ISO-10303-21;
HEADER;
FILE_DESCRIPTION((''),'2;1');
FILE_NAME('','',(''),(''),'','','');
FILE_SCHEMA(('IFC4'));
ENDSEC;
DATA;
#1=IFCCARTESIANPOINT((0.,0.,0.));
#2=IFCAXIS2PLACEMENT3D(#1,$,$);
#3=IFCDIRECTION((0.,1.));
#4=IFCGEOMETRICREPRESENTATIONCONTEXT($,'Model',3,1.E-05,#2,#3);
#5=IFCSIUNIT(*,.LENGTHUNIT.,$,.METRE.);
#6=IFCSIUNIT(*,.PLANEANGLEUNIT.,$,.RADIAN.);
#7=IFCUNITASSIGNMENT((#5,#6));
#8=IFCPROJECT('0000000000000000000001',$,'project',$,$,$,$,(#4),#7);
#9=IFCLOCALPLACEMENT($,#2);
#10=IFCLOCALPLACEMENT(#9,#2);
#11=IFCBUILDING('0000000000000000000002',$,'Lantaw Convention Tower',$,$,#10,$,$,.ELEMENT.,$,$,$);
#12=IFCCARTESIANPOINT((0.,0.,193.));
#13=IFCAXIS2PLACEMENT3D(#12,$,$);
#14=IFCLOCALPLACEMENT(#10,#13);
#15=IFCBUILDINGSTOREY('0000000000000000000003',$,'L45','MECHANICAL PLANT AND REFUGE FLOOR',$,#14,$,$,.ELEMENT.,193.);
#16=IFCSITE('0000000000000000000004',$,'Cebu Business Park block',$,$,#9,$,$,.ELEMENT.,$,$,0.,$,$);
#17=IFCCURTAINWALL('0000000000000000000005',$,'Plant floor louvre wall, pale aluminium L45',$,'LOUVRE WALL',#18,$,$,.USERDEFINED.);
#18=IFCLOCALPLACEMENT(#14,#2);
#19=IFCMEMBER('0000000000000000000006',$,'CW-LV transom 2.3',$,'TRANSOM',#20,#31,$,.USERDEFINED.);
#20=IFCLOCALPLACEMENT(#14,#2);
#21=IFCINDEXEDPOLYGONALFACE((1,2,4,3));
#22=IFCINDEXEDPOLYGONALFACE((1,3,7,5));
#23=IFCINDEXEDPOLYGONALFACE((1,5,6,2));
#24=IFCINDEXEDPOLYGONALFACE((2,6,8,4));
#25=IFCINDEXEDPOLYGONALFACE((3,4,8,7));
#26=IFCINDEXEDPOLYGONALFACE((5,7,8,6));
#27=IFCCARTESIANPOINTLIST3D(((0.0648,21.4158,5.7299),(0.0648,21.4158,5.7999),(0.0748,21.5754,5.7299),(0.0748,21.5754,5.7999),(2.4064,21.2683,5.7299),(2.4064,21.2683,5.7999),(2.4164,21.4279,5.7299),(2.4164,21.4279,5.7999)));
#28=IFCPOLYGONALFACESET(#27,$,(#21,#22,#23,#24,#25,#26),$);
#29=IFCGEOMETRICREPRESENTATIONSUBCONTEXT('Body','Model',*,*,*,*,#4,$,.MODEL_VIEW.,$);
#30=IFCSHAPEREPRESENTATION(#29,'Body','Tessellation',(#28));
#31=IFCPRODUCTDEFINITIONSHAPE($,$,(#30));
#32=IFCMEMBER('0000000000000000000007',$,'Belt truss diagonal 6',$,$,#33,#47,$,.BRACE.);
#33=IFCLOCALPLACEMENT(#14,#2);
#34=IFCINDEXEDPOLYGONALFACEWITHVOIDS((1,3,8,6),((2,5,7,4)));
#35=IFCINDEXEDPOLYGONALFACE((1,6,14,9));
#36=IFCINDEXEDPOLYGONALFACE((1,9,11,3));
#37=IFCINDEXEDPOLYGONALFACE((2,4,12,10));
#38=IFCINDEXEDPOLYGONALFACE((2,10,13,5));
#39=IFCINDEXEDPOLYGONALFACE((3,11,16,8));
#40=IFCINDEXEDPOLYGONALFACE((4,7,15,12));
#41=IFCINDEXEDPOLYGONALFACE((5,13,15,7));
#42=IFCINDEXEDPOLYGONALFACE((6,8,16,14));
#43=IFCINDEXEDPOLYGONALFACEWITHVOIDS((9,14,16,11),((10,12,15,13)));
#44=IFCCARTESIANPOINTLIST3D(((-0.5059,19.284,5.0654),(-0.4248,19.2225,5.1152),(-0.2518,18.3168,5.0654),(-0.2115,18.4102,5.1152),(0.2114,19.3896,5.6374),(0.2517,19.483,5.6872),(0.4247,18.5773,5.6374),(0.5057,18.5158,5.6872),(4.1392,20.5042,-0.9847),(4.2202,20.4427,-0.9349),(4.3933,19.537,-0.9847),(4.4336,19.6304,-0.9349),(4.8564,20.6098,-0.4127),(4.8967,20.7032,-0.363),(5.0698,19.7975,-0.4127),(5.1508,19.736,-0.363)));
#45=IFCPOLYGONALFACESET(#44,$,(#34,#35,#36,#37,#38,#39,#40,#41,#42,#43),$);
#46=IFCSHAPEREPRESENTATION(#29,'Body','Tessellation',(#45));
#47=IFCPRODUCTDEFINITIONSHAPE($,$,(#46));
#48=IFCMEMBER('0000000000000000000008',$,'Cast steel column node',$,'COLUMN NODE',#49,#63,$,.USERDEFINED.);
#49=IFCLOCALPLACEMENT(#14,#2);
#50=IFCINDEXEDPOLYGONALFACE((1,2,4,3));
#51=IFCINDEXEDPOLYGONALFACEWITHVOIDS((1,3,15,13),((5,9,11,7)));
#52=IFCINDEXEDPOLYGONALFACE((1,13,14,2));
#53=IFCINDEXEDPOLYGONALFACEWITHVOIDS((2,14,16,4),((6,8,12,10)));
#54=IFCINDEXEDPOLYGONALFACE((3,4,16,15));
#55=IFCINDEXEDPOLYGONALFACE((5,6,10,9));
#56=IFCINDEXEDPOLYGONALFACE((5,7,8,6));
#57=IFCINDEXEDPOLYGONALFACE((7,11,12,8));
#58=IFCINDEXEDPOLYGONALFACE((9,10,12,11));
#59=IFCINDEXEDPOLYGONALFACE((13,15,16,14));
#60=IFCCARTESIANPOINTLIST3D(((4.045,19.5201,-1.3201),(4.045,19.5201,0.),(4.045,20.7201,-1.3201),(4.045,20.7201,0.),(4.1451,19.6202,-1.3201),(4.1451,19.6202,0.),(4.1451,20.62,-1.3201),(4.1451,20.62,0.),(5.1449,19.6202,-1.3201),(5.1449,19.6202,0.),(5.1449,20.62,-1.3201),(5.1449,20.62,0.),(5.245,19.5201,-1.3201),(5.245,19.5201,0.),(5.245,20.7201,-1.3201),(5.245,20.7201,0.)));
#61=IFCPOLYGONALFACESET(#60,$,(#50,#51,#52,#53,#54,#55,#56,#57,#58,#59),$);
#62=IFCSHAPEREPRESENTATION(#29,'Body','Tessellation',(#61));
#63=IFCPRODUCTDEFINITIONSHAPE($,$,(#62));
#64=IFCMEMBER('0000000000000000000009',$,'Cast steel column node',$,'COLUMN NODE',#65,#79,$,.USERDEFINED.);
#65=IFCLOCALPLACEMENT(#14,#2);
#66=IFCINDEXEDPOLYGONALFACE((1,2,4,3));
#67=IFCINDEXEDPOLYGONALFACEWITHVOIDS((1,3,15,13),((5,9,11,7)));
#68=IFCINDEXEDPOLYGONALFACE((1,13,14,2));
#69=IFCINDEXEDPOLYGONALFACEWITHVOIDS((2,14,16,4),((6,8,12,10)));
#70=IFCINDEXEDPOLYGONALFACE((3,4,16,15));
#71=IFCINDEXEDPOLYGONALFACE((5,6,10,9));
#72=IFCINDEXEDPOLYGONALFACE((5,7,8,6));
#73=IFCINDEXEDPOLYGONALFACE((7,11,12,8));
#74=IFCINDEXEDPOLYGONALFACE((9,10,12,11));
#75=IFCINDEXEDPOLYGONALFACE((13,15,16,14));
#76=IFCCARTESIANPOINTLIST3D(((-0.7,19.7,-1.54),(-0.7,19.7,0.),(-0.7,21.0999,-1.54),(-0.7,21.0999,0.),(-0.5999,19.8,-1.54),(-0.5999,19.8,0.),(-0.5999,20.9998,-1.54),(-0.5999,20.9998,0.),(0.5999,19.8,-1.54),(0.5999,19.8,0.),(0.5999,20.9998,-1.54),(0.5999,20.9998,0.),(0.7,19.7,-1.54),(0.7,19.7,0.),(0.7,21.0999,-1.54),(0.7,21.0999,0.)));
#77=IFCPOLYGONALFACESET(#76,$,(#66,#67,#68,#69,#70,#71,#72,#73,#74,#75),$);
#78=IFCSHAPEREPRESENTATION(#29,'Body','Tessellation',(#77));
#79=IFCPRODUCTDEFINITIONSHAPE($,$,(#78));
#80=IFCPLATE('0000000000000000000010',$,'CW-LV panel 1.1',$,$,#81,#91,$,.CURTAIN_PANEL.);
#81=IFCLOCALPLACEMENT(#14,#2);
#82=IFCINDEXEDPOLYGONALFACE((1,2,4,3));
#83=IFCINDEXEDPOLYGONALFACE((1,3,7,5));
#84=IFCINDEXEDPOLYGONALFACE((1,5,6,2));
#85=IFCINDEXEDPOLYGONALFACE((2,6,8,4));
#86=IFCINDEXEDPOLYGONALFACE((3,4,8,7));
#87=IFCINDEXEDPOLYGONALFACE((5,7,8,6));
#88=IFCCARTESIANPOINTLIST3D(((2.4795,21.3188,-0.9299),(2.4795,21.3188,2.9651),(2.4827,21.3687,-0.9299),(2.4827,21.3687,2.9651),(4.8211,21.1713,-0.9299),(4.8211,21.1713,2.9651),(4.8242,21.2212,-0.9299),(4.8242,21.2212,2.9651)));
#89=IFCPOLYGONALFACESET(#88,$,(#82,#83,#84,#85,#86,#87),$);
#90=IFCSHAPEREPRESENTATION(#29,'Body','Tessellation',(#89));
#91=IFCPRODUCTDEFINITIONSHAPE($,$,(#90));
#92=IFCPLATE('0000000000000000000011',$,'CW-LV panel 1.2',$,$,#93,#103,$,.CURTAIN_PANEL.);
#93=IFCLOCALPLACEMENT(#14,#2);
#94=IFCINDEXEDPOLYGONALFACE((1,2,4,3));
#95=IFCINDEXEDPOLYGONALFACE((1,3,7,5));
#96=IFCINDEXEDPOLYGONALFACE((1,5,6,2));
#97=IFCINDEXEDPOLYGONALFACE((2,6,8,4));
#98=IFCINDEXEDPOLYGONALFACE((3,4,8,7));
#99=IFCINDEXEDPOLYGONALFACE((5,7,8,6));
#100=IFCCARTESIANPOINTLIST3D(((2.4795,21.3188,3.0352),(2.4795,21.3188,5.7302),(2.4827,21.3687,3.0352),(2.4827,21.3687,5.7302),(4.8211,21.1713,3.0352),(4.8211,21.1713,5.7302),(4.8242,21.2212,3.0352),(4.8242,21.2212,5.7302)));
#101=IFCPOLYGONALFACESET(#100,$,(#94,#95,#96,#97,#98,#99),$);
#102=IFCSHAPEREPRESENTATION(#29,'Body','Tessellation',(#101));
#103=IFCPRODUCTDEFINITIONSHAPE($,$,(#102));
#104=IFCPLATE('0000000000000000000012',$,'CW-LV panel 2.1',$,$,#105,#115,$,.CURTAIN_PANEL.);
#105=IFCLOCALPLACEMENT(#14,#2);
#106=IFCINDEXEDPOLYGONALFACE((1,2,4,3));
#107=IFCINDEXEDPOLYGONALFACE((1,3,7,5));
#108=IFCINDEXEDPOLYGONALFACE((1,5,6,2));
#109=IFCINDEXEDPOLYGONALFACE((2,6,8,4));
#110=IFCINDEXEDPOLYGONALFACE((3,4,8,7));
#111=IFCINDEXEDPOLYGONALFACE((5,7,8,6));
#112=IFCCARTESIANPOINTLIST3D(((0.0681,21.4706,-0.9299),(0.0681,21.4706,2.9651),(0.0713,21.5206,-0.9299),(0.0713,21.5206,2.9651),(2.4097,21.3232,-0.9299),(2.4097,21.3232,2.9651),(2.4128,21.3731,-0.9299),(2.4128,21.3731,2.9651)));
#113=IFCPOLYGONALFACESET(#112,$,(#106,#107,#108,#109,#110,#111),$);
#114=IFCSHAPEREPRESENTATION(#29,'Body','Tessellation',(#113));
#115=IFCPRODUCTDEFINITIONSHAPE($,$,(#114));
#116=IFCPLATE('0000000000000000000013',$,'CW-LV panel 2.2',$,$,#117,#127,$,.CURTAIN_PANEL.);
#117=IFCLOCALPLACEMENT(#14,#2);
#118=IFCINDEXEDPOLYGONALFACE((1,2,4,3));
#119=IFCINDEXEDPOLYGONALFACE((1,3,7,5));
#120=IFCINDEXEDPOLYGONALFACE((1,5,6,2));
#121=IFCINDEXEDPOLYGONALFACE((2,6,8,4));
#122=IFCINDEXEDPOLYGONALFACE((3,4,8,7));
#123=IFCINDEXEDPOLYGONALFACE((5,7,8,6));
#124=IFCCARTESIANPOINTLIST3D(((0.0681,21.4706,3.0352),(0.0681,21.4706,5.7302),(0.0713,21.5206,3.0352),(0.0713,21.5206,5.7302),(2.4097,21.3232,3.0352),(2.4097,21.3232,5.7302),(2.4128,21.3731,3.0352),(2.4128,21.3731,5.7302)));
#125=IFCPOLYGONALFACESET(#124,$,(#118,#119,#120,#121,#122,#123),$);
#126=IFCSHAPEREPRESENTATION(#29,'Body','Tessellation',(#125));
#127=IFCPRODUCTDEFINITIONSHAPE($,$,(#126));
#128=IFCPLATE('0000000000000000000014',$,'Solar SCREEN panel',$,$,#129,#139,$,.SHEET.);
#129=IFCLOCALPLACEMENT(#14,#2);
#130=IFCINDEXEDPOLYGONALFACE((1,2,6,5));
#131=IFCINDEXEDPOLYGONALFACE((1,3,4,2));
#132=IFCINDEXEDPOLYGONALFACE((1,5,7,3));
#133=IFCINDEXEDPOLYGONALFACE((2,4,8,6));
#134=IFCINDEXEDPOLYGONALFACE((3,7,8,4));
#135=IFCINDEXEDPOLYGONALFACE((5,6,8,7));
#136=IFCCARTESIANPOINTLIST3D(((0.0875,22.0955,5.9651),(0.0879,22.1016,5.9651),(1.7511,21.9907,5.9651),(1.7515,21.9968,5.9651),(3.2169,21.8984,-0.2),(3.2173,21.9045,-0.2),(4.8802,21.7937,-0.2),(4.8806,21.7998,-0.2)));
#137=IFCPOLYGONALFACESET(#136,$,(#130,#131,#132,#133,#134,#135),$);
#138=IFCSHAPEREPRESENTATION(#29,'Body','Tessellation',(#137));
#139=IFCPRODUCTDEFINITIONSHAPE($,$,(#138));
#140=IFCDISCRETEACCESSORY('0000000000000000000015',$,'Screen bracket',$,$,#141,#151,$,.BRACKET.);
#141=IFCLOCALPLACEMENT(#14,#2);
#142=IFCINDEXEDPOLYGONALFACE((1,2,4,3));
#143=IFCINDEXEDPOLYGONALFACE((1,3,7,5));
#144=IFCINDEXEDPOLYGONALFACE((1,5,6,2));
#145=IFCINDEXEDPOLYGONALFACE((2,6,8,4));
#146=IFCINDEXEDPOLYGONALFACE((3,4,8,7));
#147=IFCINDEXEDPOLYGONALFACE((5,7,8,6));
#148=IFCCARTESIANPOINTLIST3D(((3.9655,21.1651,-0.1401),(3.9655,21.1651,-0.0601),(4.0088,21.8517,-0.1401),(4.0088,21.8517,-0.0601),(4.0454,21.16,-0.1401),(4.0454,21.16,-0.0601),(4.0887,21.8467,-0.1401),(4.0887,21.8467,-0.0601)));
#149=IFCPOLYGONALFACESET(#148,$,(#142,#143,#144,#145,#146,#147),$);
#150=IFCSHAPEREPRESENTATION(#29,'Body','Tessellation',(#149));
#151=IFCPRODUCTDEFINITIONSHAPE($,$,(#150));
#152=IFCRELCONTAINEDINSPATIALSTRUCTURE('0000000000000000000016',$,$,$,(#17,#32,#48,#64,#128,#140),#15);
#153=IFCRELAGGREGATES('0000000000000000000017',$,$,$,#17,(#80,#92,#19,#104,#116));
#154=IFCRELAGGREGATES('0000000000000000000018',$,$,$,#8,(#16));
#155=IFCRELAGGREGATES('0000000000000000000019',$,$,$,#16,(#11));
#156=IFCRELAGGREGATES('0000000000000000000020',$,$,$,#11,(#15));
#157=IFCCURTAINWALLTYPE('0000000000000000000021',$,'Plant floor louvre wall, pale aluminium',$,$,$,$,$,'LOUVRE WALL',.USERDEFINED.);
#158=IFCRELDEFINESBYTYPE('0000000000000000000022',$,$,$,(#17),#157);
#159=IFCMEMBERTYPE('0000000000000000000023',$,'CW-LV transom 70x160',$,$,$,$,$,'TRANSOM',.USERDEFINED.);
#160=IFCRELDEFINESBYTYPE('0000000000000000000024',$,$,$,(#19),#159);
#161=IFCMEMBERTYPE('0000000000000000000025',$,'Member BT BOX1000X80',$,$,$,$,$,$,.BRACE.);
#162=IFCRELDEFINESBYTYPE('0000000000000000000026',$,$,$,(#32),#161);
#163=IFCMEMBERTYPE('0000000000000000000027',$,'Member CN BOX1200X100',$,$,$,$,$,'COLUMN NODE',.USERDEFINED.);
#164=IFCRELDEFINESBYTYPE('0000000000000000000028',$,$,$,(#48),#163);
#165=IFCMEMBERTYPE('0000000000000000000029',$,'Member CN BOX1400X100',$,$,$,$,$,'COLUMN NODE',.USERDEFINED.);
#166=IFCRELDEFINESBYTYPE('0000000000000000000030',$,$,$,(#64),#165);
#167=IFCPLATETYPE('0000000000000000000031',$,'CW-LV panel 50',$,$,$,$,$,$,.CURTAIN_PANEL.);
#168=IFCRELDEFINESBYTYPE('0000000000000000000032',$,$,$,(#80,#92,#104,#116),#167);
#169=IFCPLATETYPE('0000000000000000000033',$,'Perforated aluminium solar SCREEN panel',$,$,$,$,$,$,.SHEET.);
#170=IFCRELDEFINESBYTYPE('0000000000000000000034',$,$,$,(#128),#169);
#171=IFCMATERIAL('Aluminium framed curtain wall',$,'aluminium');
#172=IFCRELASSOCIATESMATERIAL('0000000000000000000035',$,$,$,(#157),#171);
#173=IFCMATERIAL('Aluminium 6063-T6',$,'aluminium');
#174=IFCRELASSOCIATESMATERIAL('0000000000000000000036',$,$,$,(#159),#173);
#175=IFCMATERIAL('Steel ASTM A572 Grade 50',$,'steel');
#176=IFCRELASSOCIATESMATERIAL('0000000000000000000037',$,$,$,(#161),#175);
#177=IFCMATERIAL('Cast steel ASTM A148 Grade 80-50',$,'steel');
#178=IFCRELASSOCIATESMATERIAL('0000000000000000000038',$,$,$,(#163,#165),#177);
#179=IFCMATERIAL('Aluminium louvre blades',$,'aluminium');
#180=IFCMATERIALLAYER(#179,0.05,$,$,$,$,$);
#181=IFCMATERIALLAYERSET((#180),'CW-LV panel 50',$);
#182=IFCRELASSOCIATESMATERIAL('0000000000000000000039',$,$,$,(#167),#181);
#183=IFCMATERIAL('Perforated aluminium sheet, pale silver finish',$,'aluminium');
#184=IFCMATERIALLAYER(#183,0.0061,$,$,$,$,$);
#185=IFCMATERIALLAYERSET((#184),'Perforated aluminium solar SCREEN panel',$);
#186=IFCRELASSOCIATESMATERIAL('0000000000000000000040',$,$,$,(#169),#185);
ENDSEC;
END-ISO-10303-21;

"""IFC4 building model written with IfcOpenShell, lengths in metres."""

from ifc_helpers import new_model, si_unit, direction, frame, origin, origin_2d, place, context, subcontext, project, spatial, polyline, rectangle, hollow_rectangle, outline, extrude, material, layer, layer_set, material_profile, profile_set, type_object, element, aggregate, save


model = new_model("IFC4")

# Units and contexts
model_context = context("Model", 3, precision=1e-05, world=origin(), true_north=direction((0.0, 1.0)))
body_context = subcontext(model_context, "Body", "Model", "MODEL_VIEW")
ifc_project = project(units=[si_unit("LENGTHUNIT", "METRE"), si_unit("PLANEANGLEUNIT", "RADIAN")], contexts=[model_context])

# Site, building, storey
site_placement = place(None, origin())
site = spatial("IfcSite", under=ifc_project, at=site_placement, Name="Cebu Business Park block", CompositionType="ELEMENT", RefElevation=0.0)
building_placement = place(site_placement, origin())
building = spatial("IfcBuilding", under=site, at=building_placement, Name="Lantaw Convention Tower", CompositionType="ELEMENT")
storey_placement = place(building_placement, frame((0.0, 0.0, 193.0)))
storey = spatial("IfcBuildingStorey", under=building, at=storey_placement, Name="L45", Description="MECHANICAL PLANT AND REFUGE FLOOR", CompositionType="ELEMENT", Elevation=193.0)

# Shared definitions
ifc_material_1 = material(Name="Aluminium framed curtain wall", Category="aluminium")
curtain_wall_type = type_object("IfcCurtainWallType", Name="Plant floor louvre wall, pale aluminium", ElementType="LOUVRE WALL", PredefinedType="USERDEFINED", material=ifc_material_1)
ifc_material_2 = material(Name="Aluminium 6063-T6", Category="aluminium")

# Curtain wall, member
curtain_wall_1_placement = place(storey_placement, origin())
curtain_wall_1 = element("IfcCurtainWall", 1, at=curtain_wall_1_placement, inside=storey, type_object=curtain_wall_type, Name="Plant floor louvre wall, pale aluminium L45", ObjectType="LOUVRE WALL", PredefinedType="USERDEFINED")
ifc_material_profile_1 = material_profile(ifc_material_2, rectangle(XDim=0.1599, YDim=0.0701, at=origin_2d()), Name="CW-LV transom 70x160")
ifc_profile_set_1 = profile_set([ifc_material_profile_1], Name="Aluminium 6063-T6")
member_type_1 = type_object("IfcMemberType", Name="CW-LV transom 70x160", ElementType="TRANSOM", PredefinedType="USERDEFINED", material=ifc_profile_set_1)
member_1_placement = place(storey_placement, frame((2.4114, 21.3481, 5.7649), z_axis=(-0.998023, 0.062851, 0.0), x_axis=(-0.062851, -0.998023, 0.0)))
member_1 = element("IfcMember", 2, at=member_1_placement, type_object=member_type_1, Name="CW-LV transom 2.3", ObjectType="TRANSOM", PredefinedType="USERDEFINED", context=body_context, shape_type="SweptSolid", body=[
    extrude(rectangle(XDim=0.1599, YDim=0.0701, at=origin_2d()), origin(), (0.0, 0.0, 1.0), 2.3462),
])

# Members
ifc_material_3 = material(Name="Steel ASTM A572 Grade 50", Category="steel")
ifc_material_profile_2 = material_profile(ifc_material_3, hollow_rectangle(XDim=1.0, YDim=1.0, WallThickness=0.0801, at=origin_2d()), Name="BOX1000X80")
ifc_profile_set_2 = profile_set([ifc_material_profile_2], Name="Steel ASTM A572 Grade 50")
member_type_2 = type_object("IfcMemberType", Name="Member BT BOX1000X80", PredefinedType="BRACE", material=ifc_profile_set_2)
member_2_placement = place(storey_placement, frame((4.645, 20.1201, -0.6738), z_axis=(-0.601334, -0.157966, 0.783226), x_axis=(0.254073, -0.967185, 0.0)))
element("IfcMember", 3, at=member_2_placement, inside=storey, type_object=member_type_2, Name="Belt truss diagonal 6", PredefinedType="BRACE", context=body_context, shape_type="SweptSolid", body=[
    extrude(hollow_rectangle(XDim=1.0, YDim=1.0, WallThickness=0.0801, at=origin_2d()), origin(), (0.0, 0.0, 1.0), 7.7246),
])
ifc_material_4 = material(Name="Cast steel ASTM A148 Grade 80-50", Category="steel")
ifc_material_profile_3 = material_profile(ifc_material_4, hollow_rectangle(XDim=1.2, YDim=1.2, WallThickness=0.1001, at=origin_2d()), Name="BOX1200X100")
ifc_profile_set_3 = profile_set([ifc_material_profile_3], Name="Cast steel ASTM A148 Grade 80-50")
member_type_3 = type_object("IfcMemberType", Name="Member CN BOX1200X100", ElementType="COLUMN NODE", PredefinedType="USERDEFINED", material=ifc_profile_set_3)
member_3_placement = place(storey_placement, frame((4.645, 20.1201, -1.3201), z_axis=(0.0, 0.0, 1.0), x_axis=(1.0, 0.0, 0.0)))
element("IfcMember", 4, at=member_3_placement, inside=storey, type_object=member_type_3, Name="Cast steel column node", ObjectType="COLUMN NODE", PredefinedType="USERDEFINED", context=body_context, shape_type="SweptSolid", body=[
    extrude(hollow_rectangle(XDim=1.2, YDim=1.2, WallThickness=0.1001, at=origin_2d()), origin(), (0.0, 0.0, 1.0), 1.3201),
])
ifc_material_profile_4 = material_profile(ifc_material_4, hollow_rectangle(XDim=1.3999, YDim=1.3999, WallThickness=0.1001, at=origin_2d()), Name="BOX1400X100")
ifc_profile_set_4 = profile_set([ifc_material_profile_4], Name="Cast steel ASTM A148 Grade 80-50")
member_type_4 = type_object("IfcMemberType", Name="Member CN BOX1400X100", ElementType="COLUMN NODE", PredefinedType="USERDEFINED", material=ifc_profile_set_4)
member_4_placement = place(storey_placement, frame((0.0, 20.3999, -1.54), z_axis=(0.0, 0.0, 1.0), x_axis=(1.0, 0.0, 0.0)))
element("IfcMember", 5, at=member_4_placement, inside=storey, type_object=member_type_4, Name="Cast steel column node", ObjectType="COLUMN NODE", PredefinedType="USERDEFINED", context=body_context, shape_type="SweptSolid", body=[
    extrude(hollow_rectangle(XDim=1.3999, YDim=1.3999, WallThickness=0.1001, at=origin_2d()), origin(), (0.0, 0.0, 1.0), 1.54),
])

# Plates
ifc_material_5 = material(Name="Aluminium louvre blades", Category="aluminium")
ifc_layer_1 = layer(ifc_material_5, 0.05)
ifc_layer_set_1 = layer_set([ifc_layer_1], Name="CW-LV panel 50")
plate_type_1 = type_object("IfcPlateType", Name="CW-LV panel 50", PredefinedType="CURTAIN_PANEL", material=ifc_layer_set_1)
plate_1_placement = place(storey_placement, frame((3.6519, 21.27, -0.9299), z_axis=(0.0, 0.0, 1.0), x_axis=(-0.998022, 0.062865, 0.0)))
plate_1 = element("IfcPlate", 6, at=plate_1_placement, type_object=plate_type_1, Name="CW-LV panel 1.1", PredefinedType="CURTAIN_PANEL", context=body_context, shape_type="SweptSolid", body=[
    extrude(rectangle(XDim=2.3462, YDim=0.05, at=origin_2d()), origin(), (0.0, 0.0, 1.0), 3.895),
])
plate_2_placement = place(storey_placement, frame((3.6519, 21.27, 3.0352), z_axis=(0.0, 0.0, 1.0), x_axis=(-0.998022, 0.062865, 0.0)))
plate_2 = element("IfcPlate", 7, at=plate_2_placement, type_object=plate_type_1, Name="CW-LV panel 1.2", PredefinedType="CURTAIN_PANEL", context=body_context, shape_type="SweptSolid", body=[
    extrude(rectangle(XDim=2.3462, YDim=0.05, at=origin_2d()), origin(), (0.0, 0.0, 1.0), 2.6951),
])
plate_3_placement = place(storey_placement, frame((1.2405, 21.4219, -0.9299), z_axis=(0.0, 0.0, 1.0), x_axis=(-0.998022, 0.062865, 0.0)))
plate_3 = element("IfcPlate", 8, at=plate_3_placement, type_object=plate_type_1, Name="CW-LV panel 2.1", PredefinedType="CURTAIN_PANEL", context=body_context, shape_type="SweptSolid", body=[
    extrude(rectangle(XDim=2.3462, YDim=0.05, at=origin_2d()), origin(), (0.0, 0.0, 1.0), 3.895),
])
plate_4_placement = place(storey_placement, frame((1.2405, 21.4219, 3.0352), z_axis=(0.0, 0.0, 1.0), x_axis=(-0.998022, 0.062865, 0.0)))
plate_4 = element("IfcPlate", 9, at=plate_4_placement, type_object=plate_type_1, Name="CW-LV panel 2.2", PredefinedType="CURTAIN_PANEL", context=body_context, shape_type="SweptSolid", body=[
    extrude(rectangle(XDim=2.3462, YDim=0.05, at=origin_2d()), origin(), (0.0, 0.0, 1.0), 2.6951),
])
aggregate(curtain_wall_1, [plate_1, plate_2, member_1, plate_3, plate_4])
ifc_material_6 = material(Name="Perforated aluminium sheet, pale silver finish", Category="aluminium")
ifc_layer_2 = layer(ifc_material_6, 0.0061)
ifc_layer_set_2 = layer_set([ifc_layer_2], Name="Perforated aluminium solar SCREEN panel")
plate_type_2 = type_object("IfcPlateType", Name="Perforated aluminium solar SCREEN panel", PredefinedType="SHEET", material=ifc_layer_set_2)
plate_5_placement = place(storey_placement, frame((4.8806, 21.7998, -0.2), z_axis=(0.062839, 0.998024, 0.000001), x_axis=(-0.998024, 0.062839, 0.0)))
element("IfcPlate", 10, at=plate_5_placement, inside=storey, type_object=plate_type_2, Name="Solar SCREEN panel", PredefinedType="SHEET", context=body_context, shape_type="SweptSolid", body=[
    extrude(outline(polyline([(0.0, 0.0), (1.6666, 0.0), (4.8022, 6.165), (3.1353, 6.165), (0.0, 0.0)])), origin(), (0.0, 0.0, -1.0), 0.0061),
])

# Discrete accessory
discrete_accessory_placement = place(storey_placement, frame((4.0271, 21.5059, -0.1401), z_axis=(0.0, 0.0, 1.0), x_axis=(-0.998022, 0.062865, 0.0)))
element("IfcDiscreteAccessory", 11, at=discrete_accessory_placement, inside=storey, Name="Screen bracket", PredefinedType="BRACKET", context=body_context, shape_type="SweptSolid", body=[
    extrude(rectangle(XDim=0.0801, YDim=0.688, at=origin_2d()), origin(), (0.0, 0.0, 1.0), 0.0801),
])

save(model, "model.ifc")
